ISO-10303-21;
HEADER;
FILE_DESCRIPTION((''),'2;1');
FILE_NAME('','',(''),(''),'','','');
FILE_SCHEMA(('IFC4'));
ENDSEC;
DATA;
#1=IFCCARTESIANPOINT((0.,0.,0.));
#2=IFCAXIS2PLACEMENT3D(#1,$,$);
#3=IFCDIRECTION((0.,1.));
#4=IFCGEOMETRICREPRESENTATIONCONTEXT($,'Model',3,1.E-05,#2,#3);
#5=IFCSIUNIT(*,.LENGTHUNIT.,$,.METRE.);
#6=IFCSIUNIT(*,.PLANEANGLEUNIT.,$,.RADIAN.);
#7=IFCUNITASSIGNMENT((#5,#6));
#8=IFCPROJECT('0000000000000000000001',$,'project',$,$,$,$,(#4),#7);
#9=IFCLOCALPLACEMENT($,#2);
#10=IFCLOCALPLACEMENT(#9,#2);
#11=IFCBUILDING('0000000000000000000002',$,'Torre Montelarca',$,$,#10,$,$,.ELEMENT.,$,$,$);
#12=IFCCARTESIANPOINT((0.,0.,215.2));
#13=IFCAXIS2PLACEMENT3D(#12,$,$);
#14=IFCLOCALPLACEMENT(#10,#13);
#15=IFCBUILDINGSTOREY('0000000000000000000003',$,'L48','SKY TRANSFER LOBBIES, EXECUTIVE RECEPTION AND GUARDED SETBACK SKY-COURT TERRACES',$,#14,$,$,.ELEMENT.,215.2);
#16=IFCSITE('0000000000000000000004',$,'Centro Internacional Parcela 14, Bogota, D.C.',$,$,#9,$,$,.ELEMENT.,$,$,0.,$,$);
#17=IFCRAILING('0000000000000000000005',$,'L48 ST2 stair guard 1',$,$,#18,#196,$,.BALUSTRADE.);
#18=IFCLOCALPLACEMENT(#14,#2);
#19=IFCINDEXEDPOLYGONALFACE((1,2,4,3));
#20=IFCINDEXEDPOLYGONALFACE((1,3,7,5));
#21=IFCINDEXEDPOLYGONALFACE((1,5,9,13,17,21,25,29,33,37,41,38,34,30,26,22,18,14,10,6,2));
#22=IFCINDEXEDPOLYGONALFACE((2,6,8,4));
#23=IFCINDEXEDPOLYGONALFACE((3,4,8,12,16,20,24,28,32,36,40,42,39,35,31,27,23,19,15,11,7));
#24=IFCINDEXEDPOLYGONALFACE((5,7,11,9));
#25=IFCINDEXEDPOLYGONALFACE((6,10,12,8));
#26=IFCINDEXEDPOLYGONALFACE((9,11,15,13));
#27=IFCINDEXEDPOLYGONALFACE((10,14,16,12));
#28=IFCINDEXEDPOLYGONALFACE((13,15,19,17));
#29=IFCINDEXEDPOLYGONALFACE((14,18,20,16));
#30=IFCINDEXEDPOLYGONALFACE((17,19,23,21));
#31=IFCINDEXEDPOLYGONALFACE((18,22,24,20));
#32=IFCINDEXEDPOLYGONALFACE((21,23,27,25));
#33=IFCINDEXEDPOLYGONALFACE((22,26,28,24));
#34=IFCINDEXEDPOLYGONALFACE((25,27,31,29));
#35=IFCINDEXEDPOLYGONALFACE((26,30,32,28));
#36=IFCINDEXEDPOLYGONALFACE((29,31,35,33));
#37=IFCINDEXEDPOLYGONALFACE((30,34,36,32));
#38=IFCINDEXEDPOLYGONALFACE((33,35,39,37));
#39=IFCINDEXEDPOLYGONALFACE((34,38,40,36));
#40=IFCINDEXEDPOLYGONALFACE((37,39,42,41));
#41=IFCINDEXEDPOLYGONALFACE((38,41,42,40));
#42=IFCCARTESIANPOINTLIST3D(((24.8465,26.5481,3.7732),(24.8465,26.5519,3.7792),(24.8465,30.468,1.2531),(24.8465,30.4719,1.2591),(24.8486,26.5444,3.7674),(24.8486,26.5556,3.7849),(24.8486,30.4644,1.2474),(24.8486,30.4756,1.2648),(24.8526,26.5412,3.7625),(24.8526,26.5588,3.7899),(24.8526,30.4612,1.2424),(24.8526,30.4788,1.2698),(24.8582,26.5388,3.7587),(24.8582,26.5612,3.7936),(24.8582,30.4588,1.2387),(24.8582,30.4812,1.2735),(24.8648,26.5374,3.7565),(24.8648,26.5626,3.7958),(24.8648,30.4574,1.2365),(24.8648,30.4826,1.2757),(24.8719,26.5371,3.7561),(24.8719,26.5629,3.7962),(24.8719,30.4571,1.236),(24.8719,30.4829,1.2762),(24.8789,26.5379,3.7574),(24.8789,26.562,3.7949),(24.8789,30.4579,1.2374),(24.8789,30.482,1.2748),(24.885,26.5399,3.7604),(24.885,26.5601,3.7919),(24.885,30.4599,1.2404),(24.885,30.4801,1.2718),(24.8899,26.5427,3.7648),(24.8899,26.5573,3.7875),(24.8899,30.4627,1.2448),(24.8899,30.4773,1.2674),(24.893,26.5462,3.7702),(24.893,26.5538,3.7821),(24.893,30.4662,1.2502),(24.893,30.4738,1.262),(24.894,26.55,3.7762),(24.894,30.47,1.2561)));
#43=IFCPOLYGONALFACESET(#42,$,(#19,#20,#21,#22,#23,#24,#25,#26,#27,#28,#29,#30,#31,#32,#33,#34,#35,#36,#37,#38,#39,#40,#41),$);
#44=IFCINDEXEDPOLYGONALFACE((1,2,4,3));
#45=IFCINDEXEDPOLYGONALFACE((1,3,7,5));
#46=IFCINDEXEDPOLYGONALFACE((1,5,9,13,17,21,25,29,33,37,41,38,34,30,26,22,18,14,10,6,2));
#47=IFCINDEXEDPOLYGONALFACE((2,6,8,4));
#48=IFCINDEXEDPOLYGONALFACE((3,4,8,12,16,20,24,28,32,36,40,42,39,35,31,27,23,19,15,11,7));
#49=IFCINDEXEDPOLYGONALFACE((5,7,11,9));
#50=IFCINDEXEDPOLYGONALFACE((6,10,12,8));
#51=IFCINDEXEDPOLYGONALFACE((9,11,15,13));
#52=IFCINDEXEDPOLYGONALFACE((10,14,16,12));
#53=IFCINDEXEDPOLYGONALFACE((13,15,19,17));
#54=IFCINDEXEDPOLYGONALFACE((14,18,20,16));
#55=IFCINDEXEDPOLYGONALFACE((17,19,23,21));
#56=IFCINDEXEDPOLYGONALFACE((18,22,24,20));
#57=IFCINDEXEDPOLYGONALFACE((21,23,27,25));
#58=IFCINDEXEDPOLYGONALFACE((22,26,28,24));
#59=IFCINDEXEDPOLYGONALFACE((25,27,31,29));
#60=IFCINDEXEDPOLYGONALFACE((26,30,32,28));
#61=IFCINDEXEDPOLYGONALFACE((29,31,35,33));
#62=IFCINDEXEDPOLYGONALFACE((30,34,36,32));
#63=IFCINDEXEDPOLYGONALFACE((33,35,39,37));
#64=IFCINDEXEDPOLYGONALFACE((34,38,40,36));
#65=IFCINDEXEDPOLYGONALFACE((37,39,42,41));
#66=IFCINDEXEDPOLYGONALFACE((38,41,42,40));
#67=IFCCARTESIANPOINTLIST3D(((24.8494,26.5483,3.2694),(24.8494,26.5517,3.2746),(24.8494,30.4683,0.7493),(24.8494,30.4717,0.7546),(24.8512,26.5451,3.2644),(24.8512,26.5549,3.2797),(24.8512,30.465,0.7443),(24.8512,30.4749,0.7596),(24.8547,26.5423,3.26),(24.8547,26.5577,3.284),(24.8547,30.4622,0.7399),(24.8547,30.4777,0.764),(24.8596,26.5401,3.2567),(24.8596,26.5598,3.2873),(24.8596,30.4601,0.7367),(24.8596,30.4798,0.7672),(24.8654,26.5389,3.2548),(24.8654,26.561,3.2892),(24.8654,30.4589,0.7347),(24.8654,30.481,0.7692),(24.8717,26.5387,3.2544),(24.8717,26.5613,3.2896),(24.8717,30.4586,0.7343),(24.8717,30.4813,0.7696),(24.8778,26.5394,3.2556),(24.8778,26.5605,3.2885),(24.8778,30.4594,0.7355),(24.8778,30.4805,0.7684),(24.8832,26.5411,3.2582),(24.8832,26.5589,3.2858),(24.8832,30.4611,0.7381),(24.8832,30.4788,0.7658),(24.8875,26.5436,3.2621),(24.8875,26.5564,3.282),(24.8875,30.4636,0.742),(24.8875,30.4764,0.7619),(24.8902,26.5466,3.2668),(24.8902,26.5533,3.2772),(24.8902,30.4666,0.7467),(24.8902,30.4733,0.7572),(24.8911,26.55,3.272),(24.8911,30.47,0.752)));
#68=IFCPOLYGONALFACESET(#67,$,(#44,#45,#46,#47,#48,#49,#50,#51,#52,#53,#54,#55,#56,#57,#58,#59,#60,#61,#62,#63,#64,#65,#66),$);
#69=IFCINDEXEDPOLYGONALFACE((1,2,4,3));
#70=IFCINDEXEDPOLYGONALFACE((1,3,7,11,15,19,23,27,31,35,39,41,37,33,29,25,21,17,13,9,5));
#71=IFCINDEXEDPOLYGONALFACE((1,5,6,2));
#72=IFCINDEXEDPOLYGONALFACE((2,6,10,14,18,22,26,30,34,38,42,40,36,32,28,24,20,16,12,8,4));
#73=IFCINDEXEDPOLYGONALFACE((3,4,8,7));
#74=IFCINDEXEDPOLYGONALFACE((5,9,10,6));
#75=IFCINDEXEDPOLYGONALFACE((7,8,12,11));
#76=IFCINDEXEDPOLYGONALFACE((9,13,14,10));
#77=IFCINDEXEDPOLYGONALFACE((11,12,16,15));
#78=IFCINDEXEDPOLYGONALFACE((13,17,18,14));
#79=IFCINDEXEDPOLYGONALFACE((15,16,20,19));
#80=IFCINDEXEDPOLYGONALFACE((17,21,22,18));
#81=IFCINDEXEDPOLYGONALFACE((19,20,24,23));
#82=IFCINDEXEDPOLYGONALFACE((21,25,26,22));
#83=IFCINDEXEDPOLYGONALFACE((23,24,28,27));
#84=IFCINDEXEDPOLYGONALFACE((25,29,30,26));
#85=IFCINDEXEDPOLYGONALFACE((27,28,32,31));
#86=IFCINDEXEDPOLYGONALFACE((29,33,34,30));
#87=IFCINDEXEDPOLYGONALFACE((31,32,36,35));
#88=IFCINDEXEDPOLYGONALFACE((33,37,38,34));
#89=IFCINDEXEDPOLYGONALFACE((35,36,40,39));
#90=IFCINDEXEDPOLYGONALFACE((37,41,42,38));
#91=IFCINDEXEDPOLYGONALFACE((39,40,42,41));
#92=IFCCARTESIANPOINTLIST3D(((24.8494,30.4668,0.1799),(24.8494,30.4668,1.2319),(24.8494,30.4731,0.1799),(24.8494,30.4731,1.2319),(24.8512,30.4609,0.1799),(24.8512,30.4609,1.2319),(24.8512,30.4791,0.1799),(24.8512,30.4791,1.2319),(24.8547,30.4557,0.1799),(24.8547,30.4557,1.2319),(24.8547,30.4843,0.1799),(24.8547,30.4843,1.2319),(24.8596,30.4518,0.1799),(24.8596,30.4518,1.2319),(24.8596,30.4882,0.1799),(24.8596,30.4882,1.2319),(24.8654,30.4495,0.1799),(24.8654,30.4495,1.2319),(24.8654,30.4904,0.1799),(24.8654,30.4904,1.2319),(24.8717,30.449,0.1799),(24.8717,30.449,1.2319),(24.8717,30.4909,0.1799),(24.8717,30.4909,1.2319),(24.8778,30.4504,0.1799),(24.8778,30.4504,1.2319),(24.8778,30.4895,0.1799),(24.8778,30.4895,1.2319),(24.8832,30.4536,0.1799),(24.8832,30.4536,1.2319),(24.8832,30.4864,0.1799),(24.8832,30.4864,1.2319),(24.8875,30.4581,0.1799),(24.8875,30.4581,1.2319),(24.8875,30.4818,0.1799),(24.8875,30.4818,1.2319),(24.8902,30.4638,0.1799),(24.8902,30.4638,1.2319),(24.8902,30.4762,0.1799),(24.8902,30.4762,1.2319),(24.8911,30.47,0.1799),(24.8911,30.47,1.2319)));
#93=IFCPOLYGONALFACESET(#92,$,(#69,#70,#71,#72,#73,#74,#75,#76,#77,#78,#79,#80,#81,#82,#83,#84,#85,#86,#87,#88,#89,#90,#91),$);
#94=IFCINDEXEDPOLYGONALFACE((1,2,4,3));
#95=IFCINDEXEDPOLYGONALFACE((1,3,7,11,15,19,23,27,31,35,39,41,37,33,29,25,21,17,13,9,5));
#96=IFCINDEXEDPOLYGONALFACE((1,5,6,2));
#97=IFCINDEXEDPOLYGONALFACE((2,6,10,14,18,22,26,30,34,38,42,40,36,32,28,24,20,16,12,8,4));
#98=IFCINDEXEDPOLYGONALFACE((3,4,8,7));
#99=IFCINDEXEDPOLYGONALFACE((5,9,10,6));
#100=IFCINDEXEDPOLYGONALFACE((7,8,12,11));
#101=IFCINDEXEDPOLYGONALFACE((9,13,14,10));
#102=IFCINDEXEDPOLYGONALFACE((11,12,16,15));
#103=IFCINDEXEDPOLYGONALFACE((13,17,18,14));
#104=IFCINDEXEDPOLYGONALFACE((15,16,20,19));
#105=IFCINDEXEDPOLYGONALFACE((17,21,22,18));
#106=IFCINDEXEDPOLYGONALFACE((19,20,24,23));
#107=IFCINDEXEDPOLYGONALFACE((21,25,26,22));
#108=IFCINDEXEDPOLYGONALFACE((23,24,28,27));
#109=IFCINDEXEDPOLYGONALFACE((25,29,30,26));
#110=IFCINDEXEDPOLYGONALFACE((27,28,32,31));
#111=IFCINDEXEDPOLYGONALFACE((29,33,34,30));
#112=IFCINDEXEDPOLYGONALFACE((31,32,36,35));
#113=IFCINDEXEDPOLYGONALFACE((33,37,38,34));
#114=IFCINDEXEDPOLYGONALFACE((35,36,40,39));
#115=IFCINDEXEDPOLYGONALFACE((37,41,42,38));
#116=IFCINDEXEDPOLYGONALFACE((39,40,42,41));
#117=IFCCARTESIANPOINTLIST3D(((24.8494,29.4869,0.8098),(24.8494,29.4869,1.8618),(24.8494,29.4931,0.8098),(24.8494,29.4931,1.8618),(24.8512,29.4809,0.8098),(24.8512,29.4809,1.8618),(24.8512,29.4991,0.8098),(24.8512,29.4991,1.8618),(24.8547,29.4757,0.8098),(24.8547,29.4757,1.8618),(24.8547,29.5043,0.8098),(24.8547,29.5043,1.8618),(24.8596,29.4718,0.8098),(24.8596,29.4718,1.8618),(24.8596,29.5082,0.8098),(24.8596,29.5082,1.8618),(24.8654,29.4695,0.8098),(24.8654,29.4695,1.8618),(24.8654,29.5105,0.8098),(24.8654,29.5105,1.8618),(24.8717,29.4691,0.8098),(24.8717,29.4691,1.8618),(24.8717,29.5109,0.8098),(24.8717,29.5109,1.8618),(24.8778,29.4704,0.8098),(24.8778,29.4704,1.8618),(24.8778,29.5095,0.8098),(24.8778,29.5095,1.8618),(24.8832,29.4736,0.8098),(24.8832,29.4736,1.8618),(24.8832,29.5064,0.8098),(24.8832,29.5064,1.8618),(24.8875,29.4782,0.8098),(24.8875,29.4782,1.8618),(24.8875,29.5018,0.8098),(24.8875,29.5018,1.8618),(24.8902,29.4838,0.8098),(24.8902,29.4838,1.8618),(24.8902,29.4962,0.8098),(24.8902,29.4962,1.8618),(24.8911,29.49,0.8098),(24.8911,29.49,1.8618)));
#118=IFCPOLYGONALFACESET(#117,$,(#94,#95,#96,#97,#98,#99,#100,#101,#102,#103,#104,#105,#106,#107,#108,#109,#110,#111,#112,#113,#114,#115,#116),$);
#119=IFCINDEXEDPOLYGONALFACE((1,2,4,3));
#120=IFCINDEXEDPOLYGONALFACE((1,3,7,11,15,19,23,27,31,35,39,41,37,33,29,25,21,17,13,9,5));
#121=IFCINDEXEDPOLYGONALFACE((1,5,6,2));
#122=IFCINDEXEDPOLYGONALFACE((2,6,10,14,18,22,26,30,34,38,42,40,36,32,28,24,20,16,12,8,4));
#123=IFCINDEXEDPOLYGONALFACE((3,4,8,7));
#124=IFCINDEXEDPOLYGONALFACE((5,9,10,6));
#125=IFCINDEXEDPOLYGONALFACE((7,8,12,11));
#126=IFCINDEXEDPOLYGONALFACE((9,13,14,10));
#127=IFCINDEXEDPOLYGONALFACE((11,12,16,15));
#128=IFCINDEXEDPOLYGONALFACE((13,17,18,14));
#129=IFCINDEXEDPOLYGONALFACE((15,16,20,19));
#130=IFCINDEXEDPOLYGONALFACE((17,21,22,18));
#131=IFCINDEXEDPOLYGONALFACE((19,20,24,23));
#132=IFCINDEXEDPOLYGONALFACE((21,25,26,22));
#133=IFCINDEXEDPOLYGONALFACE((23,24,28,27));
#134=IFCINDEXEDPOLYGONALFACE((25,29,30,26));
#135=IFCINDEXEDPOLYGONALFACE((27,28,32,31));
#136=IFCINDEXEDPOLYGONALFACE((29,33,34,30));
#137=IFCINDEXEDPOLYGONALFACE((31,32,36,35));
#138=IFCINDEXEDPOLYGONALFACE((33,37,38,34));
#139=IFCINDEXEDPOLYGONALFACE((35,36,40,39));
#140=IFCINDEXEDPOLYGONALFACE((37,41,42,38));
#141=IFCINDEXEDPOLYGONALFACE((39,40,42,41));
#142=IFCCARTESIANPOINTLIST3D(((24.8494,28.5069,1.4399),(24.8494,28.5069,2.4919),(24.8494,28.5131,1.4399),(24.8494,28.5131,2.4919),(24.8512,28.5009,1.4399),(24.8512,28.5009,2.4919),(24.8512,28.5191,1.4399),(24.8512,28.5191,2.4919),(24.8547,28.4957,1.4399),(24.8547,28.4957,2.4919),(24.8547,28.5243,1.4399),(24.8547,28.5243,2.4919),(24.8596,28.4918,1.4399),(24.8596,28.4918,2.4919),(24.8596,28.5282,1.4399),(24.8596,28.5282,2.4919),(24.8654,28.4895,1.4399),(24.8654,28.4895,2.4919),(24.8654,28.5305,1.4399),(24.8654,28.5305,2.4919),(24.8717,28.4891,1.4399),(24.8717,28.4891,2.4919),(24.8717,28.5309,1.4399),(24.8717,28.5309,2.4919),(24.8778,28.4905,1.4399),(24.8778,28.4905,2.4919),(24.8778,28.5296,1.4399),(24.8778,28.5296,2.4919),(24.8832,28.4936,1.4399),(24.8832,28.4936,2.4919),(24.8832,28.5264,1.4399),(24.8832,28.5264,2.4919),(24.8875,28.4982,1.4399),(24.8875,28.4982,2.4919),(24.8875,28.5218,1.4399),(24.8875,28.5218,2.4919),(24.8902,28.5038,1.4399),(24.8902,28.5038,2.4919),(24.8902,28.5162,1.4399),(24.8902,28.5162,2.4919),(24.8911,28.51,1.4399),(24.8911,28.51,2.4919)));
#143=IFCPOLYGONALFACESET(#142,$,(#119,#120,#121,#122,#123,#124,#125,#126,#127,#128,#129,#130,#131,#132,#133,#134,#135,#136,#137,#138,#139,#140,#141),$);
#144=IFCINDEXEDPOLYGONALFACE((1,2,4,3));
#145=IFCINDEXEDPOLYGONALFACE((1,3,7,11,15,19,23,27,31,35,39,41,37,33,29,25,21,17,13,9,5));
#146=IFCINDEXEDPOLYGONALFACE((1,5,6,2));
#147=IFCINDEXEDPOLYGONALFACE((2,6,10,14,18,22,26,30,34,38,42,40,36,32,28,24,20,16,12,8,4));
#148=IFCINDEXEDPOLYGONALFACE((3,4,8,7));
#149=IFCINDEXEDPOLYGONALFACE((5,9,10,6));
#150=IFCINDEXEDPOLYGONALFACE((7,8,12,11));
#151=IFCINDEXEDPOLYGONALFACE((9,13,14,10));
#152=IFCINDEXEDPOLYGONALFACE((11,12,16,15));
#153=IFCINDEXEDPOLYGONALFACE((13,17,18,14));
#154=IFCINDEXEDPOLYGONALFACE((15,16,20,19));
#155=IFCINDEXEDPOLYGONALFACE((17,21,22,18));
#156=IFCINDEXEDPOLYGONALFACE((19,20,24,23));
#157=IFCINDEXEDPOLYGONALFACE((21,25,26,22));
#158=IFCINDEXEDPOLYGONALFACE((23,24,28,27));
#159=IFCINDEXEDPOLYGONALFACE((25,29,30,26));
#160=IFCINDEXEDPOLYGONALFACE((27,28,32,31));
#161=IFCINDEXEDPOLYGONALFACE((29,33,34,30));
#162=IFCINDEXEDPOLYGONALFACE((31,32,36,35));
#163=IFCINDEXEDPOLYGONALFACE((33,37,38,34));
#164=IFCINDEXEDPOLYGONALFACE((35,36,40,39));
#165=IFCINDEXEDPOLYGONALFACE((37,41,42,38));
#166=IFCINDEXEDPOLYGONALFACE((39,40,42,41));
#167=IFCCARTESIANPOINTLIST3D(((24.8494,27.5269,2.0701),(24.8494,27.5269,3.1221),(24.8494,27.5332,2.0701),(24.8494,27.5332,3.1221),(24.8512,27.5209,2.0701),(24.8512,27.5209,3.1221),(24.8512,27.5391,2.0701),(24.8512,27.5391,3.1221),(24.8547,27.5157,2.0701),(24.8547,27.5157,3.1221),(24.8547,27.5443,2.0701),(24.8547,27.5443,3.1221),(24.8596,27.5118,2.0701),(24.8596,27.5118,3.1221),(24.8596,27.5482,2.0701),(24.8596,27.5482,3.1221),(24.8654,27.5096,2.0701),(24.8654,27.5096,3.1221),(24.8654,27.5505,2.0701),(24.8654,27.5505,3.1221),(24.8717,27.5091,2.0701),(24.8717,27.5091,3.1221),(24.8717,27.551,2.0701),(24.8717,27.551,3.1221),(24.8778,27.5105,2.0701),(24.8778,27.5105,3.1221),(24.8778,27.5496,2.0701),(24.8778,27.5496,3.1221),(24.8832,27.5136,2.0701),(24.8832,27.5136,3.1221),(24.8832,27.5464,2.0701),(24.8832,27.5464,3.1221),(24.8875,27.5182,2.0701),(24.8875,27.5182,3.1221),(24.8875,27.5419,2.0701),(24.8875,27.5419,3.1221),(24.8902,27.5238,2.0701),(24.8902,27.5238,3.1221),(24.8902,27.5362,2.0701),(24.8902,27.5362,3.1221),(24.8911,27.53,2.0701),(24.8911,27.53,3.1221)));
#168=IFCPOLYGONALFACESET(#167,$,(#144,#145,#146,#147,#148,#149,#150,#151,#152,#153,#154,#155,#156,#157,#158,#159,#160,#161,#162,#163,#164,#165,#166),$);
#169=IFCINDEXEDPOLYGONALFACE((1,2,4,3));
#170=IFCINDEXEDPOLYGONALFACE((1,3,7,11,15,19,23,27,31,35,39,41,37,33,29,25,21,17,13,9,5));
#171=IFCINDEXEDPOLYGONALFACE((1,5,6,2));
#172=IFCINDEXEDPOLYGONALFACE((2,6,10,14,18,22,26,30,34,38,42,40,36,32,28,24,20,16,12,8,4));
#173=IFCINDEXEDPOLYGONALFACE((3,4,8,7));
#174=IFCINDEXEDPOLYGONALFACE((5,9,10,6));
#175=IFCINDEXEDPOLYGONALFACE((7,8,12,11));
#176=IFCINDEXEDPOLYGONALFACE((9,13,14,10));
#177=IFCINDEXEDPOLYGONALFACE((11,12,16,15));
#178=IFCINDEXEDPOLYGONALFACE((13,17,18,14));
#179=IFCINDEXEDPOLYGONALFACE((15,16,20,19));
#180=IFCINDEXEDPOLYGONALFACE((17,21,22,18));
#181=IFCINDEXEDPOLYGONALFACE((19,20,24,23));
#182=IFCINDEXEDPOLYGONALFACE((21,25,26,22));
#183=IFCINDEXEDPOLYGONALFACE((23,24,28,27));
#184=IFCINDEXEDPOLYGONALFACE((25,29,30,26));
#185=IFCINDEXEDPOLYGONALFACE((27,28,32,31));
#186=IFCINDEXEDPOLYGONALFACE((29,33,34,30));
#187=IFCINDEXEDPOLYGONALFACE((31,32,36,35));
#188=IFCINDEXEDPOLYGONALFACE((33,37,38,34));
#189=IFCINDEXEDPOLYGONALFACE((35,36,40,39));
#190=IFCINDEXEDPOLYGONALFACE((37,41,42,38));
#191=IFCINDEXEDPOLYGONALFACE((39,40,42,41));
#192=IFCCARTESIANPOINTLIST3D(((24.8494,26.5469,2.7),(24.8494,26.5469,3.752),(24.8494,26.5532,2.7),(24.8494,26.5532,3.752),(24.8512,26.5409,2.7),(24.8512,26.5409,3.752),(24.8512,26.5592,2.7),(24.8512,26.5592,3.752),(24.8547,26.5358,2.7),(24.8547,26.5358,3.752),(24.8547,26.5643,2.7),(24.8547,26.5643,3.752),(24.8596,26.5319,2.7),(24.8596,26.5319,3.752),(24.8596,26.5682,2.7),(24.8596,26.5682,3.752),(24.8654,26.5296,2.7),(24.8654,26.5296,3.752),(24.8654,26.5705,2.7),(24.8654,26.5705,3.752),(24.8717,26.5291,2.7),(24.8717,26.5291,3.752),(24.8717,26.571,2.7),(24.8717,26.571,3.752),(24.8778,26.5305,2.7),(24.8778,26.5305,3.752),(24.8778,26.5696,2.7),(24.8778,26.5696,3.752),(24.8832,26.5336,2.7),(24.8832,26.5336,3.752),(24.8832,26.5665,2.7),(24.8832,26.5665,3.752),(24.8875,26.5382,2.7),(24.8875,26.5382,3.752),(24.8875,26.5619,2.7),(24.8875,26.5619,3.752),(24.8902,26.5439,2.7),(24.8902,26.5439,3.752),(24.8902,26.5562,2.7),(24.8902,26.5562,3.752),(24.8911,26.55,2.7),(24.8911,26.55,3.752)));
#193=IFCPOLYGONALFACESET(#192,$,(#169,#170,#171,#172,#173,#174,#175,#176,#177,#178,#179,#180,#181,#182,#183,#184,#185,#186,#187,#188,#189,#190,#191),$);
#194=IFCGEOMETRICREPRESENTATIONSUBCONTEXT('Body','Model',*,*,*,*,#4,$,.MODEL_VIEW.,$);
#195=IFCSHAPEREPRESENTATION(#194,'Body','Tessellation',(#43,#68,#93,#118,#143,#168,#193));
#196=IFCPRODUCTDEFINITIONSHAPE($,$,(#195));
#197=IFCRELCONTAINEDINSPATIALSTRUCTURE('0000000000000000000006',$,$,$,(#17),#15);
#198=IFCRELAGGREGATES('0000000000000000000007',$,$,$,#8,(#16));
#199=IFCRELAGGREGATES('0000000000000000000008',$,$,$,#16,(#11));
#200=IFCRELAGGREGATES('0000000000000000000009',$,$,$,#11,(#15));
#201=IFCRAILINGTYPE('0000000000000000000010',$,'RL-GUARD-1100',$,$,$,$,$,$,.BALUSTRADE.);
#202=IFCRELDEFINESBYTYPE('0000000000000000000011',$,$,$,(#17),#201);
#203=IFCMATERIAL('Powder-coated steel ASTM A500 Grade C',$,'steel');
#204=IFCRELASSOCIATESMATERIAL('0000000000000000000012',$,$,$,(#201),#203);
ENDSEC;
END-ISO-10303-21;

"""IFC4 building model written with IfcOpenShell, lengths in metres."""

from ifc_helpers import new_model, si_unit, direction, frame, origin, origin_2d, place, context, subcontext, project, spatial, circle, extrude, material, type_object, element, save


model = new_model("IFC4")

# Units and contexts
model_context = context("Model", 3, precision=1e-05, world=origin(), true_north=direction((0.0, 1.0)))
body_context = subcontext(model_context, "Body", "Model", "MODEL_VIEW")
ifc_project = project(units=[si_unit("LENGTHUNIT", "METRE"), si_unit("PLANEANGLEUNIT", "RADIAN")], contexts=[model_context])

# Site, building, storey
site_placement = place(None, origin())
site = spatial("IfcSite", under=ifc_project, at=site_placement, Name="Centro Internacional Parcela 14, Bogota, D.C.", CompositionType="ELEMENT", RefElevation=0.0)
building_placement = place(site_placement, origin())
building = spatial("IfcBuilding", under=site, at=building_placement, Name="Torre Montelarca", CompositionType="ELEMENT")
storey_placement = place(building_placement, frame((0.0, 0.0, 215.2)))
storey = spatial("IfcBuildingStorey", under=building, at=storey_placement, Name="L48", Description="SKY TRANSFER LOBBIES, EXECUTIVE RECEPTION AND GUARDED SETBACK SKY-COURT TERRACES", CompositionType="ELEMENT", Elevation=215.2)

# Railing
ifc_material_1 = material(Name="Powder-coated steel ASTM A500 Grade C", Category="steel")
railing_type_1 = type_object("IfcRailingType", Name="RL-GUARD-1100", PredefinedType="BALUSTRADE", material=ifc_material_1)
railing_1_placement = place(storey_placement, frame((24.8701, 30.47, 0.1799)))
element("IfcRailing", 1, at=railing_1_placement, inside=storey, type_object=railing_type_1, Name="L48 ST2 stair guard 1", PredefinedType="BALUSTRADE", context=body_context, shape_type="SweptSolid", body=[
    extrude(circle(Radius=0.0239, at=origin_2d()), frame((0.0, 0.0, 1.0762), z_axis=(0.0, -0.841172, 0.540768), x_axis=(1.0, 0.0, 0.0)), (0.0, 0.0, 1.0), 4.6602),
    extrude(circle(Radius=0.021, at=origin_2d()), frame((0.0, 0.0, 0.572), z_axis=(0.0, -0.841172, 0.540768), x_axis=(1.0, 0.0, 0.0)), (0.0, 0.0, 1.0), 4.6602),
    extrude(circle(Radius=0.021, at=origin_2d()), origin(), (0.0, 0.0, 1.0), 1.052),
    extrude(circle(Radius=0.021, at=origin_2d()), frame((0.0, -0.98, 0.6299)), (0.0, 0.0, 1.0), 1.052),
    extrude(circle(Radius=0.021, at=origin_2d()), frame((0.0, -1.96, 1.26)), (0.0, 0.0, 1.0), 1.052),
    extrude(circle(Radius=0.021, at=origin_2d()), frame((0.0, -2.9399, 1.8901)), (0.0, 0.0, 1.0), 1.052),
    extrude(circle(Radius=0.021, at=origin_2d()), frame((0.0, -3.9199, 2.52)), (0.0, 0.0, 1.0), 1.052),
])

save(model, "model.ifc")
